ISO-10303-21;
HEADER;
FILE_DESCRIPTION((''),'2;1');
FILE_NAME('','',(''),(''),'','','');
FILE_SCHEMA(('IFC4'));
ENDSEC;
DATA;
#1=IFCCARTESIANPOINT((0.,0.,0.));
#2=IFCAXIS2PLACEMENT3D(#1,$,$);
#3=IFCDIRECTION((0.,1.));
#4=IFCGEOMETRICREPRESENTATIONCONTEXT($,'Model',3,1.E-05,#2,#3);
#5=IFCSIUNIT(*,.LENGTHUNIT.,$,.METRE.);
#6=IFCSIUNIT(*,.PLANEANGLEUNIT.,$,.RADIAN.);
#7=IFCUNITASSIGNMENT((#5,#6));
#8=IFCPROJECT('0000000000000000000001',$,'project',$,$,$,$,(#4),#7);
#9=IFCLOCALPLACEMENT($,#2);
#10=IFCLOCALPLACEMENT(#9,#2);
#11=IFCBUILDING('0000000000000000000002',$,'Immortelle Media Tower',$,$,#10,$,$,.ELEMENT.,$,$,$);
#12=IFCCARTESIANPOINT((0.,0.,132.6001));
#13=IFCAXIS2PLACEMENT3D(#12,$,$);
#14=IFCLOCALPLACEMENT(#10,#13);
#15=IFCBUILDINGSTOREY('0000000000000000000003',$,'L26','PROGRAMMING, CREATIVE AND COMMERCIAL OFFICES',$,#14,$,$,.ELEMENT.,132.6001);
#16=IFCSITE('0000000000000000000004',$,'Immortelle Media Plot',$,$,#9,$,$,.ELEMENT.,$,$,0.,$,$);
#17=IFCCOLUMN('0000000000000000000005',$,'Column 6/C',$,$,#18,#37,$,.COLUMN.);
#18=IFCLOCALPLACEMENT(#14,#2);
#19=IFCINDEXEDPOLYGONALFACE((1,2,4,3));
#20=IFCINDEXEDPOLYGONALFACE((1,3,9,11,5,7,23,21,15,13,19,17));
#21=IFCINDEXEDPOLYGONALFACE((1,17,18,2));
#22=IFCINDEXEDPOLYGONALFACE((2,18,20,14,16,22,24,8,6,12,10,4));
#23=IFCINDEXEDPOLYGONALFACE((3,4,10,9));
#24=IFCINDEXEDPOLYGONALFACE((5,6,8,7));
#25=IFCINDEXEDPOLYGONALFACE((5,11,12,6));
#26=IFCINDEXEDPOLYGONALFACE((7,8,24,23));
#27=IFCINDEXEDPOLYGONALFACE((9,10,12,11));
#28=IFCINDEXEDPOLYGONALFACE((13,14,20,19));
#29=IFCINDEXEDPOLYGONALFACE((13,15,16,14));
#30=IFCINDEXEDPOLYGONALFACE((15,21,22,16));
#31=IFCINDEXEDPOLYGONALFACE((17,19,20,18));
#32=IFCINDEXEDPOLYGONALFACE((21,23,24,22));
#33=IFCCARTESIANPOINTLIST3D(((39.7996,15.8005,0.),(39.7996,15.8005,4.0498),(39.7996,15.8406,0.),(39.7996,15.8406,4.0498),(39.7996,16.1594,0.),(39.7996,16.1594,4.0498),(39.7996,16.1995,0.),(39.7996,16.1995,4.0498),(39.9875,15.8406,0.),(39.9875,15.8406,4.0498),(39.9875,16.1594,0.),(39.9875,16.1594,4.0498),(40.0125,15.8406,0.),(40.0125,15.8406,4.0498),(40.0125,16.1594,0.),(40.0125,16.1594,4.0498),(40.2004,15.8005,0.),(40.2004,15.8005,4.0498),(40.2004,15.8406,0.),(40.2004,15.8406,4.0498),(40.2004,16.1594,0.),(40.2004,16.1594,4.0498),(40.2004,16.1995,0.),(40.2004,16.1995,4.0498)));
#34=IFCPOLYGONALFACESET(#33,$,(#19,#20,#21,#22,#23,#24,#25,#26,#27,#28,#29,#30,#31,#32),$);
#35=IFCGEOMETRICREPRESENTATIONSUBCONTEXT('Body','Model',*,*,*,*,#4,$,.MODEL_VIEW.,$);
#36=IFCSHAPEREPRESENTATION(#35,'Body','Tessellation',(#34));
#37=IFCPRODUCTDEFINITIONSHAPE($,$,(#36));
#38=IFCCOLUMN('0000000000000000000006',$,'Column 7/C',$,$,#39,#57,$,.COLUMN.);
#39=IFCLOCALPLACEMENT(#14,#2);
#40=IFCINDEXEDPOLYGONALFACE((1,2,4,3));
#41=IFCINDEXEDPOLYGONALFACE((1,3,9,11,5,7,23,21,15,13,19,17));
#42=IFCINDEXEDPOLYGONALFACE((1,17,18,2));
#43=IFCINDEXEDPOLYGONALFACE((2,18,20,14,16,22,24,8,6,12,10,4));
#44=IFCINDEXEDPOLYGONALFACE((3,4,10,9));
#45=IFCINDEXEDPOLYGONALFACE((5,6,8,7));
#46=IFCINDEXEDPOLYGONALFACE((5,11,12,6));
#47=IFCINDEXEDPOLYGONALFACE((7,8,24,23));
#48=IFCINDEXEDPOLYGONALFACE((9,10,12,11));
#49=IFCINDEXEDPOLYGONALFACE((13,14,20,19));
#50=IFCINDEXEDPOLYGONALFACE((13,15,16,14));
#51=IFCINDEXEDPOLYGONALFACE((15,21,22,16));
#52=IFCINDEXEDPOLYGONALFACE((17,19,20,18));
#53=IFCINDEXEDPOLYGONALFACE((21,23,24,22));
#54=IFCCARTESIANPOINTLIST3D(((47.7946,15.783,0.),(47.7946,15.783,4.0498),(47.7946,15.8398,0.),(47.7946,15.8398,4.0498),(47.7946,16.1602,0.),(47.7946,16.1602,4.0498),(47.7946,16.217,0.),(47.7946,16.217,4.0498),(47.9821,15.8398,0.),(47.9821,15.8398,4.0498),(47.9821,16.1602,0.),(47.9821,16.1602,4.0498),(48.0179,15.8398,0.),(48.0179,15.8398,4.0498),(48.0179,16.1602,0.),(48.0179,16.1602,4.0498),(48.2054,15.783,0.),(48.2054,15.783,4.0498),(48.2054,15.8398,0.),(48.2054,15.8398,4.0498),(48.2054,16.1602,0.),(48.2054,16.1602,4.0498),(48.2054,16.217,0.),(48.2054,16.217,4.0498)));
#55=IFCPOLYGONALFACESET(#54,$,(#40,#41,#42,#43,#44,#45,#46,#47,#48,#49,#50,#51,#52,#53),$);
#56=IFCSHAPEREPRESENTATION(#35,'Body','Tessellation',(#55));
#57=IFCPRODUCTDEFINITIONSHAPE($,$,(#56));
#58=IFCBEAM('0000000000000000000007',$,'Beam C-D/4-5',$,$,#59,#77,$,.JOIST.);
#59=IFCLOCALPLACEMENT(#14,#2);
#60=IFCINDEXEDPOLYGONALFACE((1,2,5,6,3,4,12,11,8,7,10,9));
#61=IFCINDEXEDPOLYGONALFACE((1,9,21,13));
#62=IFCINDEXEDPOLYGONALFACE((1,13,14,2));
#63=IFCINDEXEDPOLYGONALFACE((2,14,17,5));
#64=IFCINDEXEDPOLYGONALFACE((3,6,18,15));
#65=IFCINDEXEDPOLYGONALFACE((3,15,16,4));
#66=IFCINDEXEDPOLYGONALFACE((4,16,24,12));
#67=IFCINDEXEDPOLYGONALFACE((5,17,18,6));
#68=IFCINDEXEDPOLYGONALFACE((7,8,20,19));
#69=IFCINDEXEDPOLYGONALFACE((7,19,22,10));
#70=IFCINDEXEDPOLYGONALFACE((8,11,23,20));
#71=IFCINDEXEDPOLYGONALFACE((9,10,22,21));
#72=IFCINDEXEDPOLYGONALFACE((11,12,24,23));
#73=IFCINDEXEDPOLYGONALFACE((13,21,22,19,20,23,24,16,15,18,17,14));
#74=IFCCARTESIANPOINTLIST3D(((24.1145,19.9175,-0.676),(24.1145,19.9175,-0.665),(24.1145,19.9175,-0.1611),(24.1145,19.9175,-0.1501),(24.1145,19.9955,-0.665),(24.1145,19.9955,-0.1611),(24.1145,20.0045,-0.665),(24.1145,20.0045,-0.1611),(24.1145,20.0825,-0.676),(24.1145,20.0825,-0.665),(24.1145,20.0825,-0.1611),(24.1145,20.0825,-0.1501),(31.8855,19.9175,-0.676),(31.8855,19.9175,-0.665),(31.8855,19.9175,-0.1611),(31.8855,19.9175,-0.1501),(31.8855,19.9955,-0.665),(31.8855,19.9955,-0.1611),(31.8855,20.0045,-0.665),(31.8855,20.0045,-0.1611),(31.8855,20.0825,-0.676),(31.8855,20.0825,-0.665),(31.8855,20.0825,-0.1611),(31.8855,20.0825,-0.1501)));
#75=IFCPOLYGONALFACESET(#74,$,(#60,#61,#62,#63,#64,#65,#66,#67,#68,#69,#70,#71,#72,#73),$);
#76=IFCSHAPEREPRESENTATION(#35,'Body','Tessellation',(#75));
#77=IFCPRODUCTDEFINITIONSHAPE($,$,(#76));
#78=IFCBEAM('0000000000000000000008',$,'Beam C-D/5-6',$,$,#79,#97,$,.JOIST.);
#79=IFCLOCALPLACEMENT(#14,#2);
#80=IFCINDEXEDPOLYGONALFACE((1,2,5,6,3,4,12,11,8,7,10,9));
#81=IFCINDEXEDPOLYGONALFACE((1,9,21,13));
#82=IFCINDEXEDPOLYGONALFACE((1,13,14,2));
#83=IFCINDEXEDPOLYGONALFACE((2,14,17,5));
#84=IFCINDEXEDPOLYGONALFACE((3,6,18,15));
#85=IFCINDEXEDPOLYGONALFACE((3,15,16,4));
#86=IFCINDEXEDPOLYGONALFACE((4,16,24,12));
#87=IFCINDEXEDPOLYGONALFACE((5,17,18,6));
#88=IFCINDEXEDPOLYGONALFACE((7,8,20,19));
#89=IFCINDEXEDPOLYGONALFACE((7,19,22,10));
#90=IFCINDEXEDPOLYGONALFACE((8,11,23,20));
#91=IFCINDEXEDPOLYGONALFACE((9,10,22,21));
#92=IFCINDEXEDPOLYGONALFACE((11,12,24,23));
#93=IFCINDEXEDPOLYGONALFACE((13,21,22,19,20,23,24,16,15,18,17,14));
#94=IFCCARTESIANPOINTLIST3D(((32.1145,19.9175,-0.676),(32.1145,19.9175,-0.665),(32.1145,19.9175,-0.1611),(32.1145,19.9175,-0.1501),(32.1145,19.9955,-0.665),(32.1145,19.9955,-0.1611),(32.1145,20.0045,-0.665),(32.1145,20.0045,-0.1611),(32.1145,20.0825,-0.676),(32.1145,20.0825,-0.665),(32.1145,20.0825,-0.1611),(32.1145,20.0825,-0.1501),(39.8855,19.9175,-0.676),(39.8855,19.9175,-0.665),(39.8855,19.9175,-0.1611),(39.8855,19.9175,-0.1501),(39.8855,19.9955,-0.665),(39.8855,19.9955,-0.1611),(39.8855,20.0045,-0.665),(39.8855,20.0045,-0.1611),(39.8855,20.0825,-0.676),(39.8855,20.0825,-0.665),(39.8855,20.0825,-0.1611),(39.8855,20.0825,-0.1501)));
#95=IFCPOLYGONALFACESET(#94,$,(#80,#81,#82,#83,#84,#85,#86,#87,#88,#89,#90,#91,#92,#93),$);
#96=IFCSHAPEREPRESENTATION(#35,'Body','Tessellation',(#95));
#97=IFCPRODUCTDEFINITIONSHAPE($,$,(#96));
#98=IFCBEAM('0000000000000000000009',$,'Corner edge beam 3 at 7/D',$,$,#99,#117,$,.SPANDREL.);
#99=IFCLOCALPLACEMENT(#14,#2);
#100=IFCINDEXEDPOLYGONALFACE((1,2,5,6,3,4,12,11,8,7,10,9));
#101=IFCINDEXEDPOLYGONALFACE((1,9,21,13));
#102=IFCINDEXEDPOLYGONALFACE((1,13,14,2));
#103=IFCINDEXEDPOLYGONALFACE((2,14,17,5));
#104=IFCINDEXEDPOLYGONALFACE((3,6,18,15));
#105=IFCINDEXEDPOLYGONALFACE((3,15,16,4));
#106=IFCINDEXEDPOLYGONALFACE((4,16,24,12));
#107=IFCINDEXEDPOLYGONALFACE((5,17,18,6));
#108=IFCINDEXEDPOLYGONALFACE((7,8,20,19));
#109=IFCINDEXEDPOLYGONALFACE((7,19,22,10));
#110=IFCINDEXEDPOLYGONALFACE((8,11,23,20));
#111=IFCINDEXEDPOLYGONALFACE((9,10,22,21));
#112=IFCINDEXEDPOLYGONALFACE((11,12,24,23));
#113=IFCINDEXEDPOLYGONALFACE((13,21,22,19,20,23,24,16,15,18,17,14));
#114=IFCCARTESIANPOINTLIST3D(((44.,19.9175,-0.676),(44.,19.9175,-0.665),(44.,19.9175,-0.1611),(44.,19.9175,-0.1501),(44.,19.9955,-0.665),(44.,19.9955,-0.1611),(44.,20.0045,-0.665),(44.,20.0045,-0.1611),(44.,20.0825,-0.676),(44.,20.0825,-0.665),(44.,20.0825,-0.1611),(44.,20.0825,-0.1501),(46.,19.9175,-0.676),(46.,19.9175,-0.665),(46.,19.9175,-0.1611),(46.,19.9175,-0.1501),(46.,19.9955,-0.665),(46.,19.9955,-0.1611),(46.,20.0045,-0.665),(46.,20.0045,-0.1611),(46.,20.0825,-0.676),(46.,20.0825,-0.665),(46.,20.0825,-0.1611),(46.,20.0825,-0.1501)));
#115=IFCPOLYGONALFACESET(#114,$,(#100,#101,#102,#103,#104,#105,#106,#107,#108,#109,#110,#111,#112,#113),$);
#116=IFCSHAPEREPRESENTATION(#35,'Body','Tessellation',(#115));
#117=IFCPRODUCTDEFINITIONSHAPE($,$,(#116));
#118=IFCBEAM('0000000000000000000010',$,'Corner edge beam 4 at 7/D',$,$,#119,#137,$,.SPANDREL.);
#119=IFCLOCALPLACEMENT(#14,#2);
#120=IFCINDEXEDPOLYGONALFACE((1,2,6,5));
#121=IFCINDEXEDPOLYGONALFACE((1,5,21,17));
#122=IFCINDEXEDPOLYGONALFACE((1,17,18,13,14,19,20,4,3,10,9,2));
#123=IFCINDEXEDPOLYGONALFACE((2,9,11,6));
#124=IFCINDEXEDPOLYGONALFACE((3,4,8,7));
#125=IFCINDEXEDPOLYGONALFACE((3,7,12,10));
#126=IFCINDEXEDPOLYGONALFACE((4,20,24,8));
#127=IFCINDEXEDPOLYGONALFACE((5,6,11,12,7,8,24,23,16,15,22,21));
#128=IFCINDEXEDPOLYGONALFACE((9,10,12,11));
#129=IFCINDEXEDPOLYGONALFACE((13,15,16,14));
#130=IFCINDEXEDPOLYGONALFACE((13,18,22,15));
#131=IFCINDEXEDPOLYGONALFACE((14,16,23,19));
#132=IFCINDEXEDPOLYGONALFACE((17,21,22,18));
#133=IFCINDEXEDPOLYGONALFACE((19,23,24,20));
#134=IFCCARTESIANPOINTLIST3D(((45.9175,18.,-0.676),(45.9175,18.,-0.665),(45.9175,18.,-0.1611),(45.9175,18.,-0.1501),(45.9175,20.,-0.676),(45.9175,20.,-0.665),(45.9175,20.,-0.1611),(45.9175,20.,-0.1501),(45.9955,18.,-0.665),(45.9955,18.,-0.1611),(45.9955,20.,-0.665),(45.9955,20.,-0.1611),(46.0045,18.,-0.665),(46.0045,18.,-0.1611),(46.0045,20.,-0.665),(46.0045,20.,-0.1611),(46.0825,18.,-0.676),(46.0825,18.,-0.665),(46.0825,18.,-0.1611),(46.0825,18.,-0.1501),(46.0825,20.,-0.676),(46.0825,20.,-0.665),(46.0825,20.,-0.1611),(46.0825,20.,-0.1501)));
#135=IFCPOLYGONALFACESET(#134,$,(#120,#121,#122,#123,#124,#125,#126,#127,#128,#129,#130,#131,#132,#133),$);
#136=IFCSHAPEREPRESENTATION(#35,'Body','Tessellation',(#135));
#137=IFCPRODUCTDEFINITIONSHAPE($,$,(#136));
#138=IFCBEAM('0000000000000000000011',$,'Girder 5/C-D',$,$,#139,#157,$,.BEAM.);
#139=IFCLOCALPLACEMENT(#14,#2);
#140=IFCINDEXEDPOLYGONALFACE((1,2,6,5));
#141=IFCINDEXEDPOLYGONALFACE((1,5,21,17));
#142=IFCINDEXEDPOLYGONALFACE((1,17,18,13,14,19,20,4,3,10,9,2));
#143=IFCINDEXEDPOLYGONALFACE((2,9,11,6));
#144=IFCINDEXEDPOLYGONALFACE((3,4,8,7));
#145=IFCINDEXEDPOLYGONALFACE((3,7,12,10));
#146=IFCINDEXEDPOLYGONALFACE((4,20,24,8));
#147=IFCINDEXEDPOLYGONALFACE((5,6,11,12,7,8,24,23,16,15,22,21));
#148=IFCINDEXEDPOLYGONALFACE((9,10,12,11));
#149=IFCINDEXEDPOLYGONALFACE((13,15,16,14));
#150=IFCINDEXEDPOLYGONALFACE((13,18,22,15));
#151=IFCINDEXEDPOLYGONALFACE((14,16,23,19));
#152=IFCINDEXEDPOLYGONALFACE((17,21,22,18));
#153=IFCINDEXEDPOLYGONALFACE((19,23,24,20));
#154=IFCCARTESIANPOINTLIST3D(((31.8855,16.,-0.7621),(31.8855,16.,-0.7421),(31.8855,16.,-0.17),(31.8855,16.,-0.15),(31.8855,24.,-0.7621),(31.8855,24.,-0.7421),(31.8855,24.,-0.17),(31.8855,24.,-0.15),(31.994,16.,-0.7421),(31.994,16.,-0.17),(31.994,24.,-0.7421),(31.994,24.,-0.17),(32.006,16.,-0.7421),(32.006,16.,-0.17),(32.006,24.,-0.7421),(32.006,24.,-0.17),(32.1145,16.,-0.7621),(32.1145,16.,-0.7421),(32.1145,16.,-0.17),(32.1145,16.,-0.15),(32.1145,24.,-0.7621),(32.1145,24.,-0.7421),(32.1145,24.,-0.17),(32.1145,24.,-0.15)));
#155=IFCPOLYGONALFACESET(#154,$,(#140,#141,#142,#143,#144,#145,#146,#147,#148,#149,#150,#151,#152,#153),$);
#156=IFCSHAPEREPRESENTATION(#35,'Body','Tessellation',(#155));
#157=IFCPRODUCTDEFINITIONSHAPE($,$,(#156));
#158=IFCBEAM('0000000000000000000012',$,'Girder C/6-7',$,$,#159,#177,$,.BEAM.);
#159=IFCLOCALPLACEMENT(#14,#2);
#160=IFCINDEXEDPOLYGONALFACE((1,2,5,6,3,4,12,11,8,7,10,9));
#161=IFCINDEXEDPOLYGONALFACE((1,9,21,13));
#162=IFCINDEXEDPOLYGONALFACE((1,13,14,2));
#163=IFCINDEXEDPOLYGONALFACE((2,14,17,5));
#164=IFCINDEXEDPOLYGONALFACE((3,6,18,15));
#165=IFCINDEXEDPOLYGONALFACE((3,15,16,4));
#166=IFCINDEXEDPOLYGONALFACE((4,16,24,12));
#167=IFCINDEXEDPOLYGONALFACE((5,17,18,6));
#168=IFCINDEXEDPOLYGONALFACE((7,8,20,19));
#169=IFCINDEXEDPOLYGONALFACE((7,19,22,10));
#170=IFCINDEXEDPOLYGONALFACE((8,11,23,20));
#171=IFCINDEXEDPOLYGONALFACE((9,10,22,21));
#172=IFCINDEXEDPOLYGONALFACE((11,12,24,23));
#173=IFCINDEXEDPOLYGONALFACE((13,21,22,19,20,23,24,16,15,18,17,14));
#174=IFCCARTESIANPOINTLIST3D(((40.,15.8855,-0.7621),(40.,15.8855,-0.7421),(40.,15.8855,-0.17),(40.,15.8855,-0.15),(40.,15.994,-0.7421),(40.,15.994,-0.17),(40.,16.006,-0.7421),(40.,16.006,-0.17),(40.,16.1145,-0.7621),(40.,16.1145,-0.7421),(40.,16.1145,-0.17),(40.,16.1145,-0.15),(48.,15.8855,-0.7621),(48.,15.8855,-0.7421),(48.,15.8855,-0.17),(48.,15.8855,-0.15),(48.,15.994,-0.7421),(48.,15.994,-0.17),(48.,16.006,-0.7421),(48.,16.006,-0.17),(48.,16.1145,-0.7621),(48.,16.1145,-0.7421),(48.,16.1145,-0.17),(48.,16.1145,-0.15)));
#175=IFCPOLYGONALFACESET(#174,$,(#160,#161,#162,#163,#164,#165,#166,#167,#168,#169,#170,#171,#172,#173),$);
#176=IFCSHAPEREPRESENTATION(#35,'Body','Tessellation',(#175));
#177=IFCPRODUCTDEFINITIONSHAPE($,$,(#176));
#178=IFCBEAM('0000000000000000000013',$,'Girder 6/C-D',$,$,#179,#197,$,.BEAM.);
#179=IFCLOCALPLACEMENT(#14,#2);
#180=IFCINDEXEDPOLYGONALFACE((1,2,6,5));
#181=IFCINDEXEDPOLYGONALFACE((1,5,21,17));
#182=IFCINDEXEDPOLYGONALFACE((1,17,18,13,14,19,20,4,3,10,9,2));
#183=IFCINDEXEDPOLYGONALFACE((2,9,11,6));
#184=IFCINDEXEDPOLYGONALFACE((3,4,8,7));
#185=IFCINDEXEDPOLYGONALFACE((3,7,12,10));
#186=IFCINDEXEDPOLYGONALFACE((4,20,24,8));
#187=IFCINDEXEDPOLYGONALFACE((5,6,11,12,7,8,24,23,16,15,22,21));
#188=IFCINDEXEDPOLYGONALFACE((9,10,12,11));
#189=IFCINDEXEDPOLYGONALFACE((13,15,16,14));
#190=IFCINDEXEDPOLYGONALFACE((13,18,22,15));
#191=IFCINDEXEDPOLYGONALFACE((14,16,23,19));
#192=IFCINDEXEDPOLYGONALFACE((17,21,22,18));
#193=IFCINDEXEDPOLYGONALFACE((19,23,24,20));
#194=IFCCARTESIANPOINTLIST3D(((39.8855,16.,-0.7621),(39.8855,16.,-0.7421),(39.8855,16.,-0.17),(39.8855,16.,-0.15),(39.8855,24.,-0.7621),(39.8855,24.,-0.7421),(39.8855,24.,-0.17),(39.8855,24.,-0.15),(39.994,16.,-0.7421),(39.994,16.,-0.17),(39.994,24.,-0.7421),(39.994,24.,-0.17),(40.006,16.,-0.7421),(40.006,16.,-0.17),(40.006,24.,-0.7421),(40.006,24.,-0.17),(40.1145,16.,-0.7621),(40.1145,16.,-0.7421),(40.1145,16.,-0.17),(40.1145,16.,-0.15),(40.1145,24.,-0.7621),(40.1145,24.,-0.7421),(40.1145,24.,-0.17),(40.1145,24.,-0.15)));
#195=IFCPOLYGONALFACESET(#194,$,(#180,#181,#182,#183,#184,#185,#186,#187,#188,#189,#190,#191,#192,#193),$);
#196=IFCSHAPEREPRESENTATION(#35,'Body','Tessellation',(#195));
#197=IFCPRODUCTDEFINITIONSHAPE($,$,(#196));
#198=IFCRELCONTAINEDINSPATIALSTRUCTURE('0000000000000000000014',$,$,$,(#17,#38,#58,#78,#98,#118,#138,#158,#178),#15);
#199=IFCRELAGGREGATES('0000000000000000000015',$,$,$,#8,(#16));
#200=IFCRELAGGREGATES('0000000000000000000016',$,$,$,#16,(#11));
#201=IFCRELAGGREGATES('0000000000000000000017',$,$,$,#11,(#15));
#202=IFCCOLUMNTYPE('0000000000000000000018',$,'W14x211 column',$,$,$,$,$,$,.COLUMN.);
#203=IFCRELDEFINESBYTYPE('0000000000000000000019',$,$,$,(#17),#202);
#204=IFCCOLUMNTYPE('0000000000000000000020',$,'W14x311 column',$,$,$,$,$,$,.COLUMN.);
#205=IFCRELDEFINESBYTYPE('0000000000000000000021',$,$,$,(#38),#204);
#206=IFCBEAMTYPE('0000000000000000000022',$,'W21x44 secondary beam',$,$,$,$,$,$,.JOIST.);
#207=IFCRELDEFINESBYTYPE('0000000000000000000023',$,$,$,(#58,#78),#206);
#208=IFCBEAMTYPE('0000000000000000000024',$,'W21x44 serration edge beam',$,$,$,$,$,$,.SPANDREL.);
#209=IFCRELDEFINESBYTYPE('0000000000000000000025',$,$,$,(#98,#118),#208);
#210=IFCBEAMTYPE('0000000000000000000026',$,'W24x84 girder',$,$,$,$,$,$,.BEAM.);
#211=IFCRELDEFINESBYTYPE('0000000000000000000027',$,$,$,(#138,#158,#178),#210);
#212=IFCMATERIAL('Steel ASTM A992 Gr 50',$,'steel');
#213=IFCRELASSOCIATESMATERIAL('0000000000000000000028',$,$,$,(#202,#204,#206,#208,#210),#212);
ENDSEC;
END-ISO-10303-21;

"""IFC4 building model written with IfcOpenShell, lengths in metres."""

from ifc_helpers import new_model, si_unit, direction, frame, origin, origin_2d, place, context, subcontext, project, spatial, i_section, extrude, material, material_profile, profile_set, type_object, element, save


model = new_model("IFC4")

# Units and contexts
model_context = context("Model", 3, precision=1e-05, world=origin(), true_north=direction((0.0, 1.0)))
body_context = subcontext(model_context, "Body", "Model", "MODEL_VIEW")
ifc_project = project(units=[si_unit("LENGTHUNIT", "METRE"), si_unit("PLANEANGLEUNIT", "RADIAN")], contexts=[model_context])

# Site, building, storey
site_placement = place(None, origin())
site = spatial("IfcSite", under=ifc_project, at=site_placement, Name="Immortelle Media Plot", CompositionType="ELEMENT", RefElevation=0.0)
building_placement = place(site_placement, origin())
building = spatial("IfcBuilding", under=site, at=building_placement, Name="Immortelle Media Tower", CompositionType="ELEMENT")
storey_placement = place(building_placement, frame((0.0, 0.0, 132.6001)))
storey = spatial("IfcBuildingStorey", under=building, at=storey_placement, Name="L26", Description="PROGRAMMING, CREATIVE AND COMMERCIAL OFFICES", CompositionType="ELEMENT", Elevation=132.6001)

# Columns
ifc_material_1 = material(Name="Steel ASTM A992 Gr 50", Category="steel")
ifc_material_profile_1 = material_profile(ifc_material_1, i_section(OverallWidth=0.4009, OverallDepth=0.3989, WebThickness=0.0249, FlangeThickness=0.04, at=origin_2d()), Name="W14x211")
ifc_profile_set_1 = profile_set([ifc_material_profile_1], Name="Steel ASTM A992 Gr 50")
column_type_1 = type_object("IfcColumnType", Name="W14x211 column", PredefinedType="COLUMN", material=ifc_profile_set_1)
column_1_placement = place(storey_placement, frame((40.0, 16.0, 0.0), z_axis=(0.0, 0.0, 1.0), x_axis=(1.0, 0.0, 0.0)))
element("IfcColumn", 1, at=column_1_placement, inside=storey, type_object=column_type_1, Name="Column 6/C", PredefinedType="COLUMN", context=body_context, shape_type="SweptSolid", body=[
    extrude(i_section(OverallWidth=0.4009, OverallDepth=0.3989, WebThickness=0.0249, FlangeThickness=0.04, at=origin_2d()), origin(), (0.0, 0.0, 1.0), 4.0498),
])
ifc_material_profile_2 = material_profile(ifc_material_1, i_section(OverallWidth=0.4109, OverallDepth=0.4341, WebThickness=0.0359, FlangeThickness=0.0569, at=origin_2d()), Name="W14x311")
ifc_profile_set_2 = profile_set([ifc_material_profile_2], Name="Steel ASTM A992 Gr 50")
column_type_2 = type_object("IfcColumnType", Name="W14x311 column", PredefinedType="COLUMN", material=ifc_profile_set_2)
column_2_placement = place(storey_placement, frame((48.0, 16.0, 0.0), z_axis=(0.0, 0.0, 1.0), x_axis=(1.0, 0.0, 0.0)))
element("IfcColumn", 2, at=column_2_placement, inside=storey, type_object=column_type_2, Name="Column 7/C", PredefinedType="COLUMN", context=body_context, shape_type="SweptSolid", body=[
    extrude(i_section(OverallWidth=0.4109, OverallDepth=0.4341, WebThickness=0.0359, FlangeThickness=0.0569, at=origin_2d()), origin(), (0.0, 0.0, 1.0), 4.0498),
])

# Beams
ifc_material_profile_3 = material_profile(ifc_material_1, i_section(OverallWidth=0.165, OverallDepth=0.5259, WebThickness=0.009, FlangeThickness=0.011, at=origin_2d()), Name="W21x44")
ifc_profile_set_3 = profile_set([ifc_material_profile_3], Name="Steel ASTM A992 Gr 50")
beam_type_1 = type_object("IfcBeamType", Name="W21x44 secondary beam", PredefinedType="JOIST", material=ifc_profile_set_3)
for number, where, z_axis, x_axis, name in (
    (3, (24.1145, 20.0, -0.4131), (1.0, 0.0, 0.0), (0.0, 1.0, 0.0), "Beam C-D/4-5"),
    (4, (32.1145, 20.0, -0.4131), (1.0, 0.0, 0.0), (0.0, 1.0, 0.0), "Beam C-D/5-6"),
):
    element("IfcBeam", number, at=place(storey_placement, frame(where, z_axis=z_axis, x_axis=x_axis)), inside=storey, type_object=beam_type_1, Name=name, PredefinedType="JOIST", context=body_context, shape_type="SweptSolid", body=[
        extrude(i_section(OverallWidth=0.165, OverallDepth=0.5259, WebThickness=0.009, FlangeThickness=0.011, at=origin_2d()), origin(), (0.0, 0.0, 1.0), 7.771),
    ])
ifc_material_profile_4 = material_profile(ifc_material_1, i_section(OverallWidth=0.165, OverallDepth=0.5259, WebThickness=0.009, FlangeThickness=0.011, at=origin_2d()), Name="W21x44")
ifc_profile_set_4 = profile_set([ifc_material_profile_4], Name="Steel ASTM A992 Gr 50")
beam_type_2 = type_object("IfcBeamType", Name="W21x44 serration edge beam", PredefinedType="SPANDREL", material=ifc_profile_set_4)
for number, where, z_axis, x_axis, name in (
    (5, (44.0, 20.0, -0.4131), (1.0, 0.0, 0.0), (0.0, 1.0, 0.0), "Corner edge beam 3 at 7/D"),
    (6, (46.0, 20.0, -0.4131), (0.0, -1.0, 0.0), (1.0, 0.0, 0.0), "Corner edge beam 4 at 7/D"),
):
    element("IfcBeam", number, at=place(storey_placement, frame(where, z_axis=z_axis, x_axis=x_axis)), inside=storey, type_object=beam_type_2, Name=name, PredefinedType="SPANDREL", context=body_context, shape_type="SweptSolid", body=[
        extrude(i_section(OverallWidth=0.165, OverallDepth=0.5259, WebThickness=0.009, FlangeThickness=0.011, at=origin_2d()), origin(), (0.0, 0.0, 1.0), 2.0),
    ])
ifc_material_profile_5 = material_profile(ifc_material_1, i_section(OverallWidth=0.229, OverallDepth=0.6121, WebThickness=0.012, FlangeThickness=0.02, at=origin_2d()), Name="W24x84")
ifc_profile_set_5 = profile_set([ifc_material_profile_5], Name="Steel ASTM A992 Gr 50")
beam_type_3 = type_object("IfcBeamType", Name="W24x84 girder", PredefinedType="BEAM", material=ifc_profile_set_5)
for number, where, z_axis, x_axis, name in (
    (7, (32.0, 16.0, -0.4561), (0.0, 1.0, 0.0), (-1.0, 0.0, 0.0), "Girder 5/C-D"),
    (8, (40.0, 16.0, -0.4561), (1.0, 0.0, 0.0), (0.0, 1.0, 0.0), "Girder C/6-7"),
    (9, (40.0, 16.0, -0.4561), (0.0, 1.0, 0.0), (-1.0, 0.0, 0.0), "Girder 6/C-D"),
):
    element("IfcBeam", number, at=place(storey_placement, frame(where, z_axis=z_axis, x_axis=x_axis)), inside=storey, type_object=beam_type_3, Name=name, PredefinedType="BEAM", context=body_context, shape_type="SweptSolid", body=[
        extrude(i_section(OverallWidth=0.229, OverallDepth=0.6121, WebThickness=0.012, FlangeThickness=0.02, at=origin_2d()), origin(), (0.0, 0.0, 1.0), 8.0),
    ])

save(model, "model.ifc")
